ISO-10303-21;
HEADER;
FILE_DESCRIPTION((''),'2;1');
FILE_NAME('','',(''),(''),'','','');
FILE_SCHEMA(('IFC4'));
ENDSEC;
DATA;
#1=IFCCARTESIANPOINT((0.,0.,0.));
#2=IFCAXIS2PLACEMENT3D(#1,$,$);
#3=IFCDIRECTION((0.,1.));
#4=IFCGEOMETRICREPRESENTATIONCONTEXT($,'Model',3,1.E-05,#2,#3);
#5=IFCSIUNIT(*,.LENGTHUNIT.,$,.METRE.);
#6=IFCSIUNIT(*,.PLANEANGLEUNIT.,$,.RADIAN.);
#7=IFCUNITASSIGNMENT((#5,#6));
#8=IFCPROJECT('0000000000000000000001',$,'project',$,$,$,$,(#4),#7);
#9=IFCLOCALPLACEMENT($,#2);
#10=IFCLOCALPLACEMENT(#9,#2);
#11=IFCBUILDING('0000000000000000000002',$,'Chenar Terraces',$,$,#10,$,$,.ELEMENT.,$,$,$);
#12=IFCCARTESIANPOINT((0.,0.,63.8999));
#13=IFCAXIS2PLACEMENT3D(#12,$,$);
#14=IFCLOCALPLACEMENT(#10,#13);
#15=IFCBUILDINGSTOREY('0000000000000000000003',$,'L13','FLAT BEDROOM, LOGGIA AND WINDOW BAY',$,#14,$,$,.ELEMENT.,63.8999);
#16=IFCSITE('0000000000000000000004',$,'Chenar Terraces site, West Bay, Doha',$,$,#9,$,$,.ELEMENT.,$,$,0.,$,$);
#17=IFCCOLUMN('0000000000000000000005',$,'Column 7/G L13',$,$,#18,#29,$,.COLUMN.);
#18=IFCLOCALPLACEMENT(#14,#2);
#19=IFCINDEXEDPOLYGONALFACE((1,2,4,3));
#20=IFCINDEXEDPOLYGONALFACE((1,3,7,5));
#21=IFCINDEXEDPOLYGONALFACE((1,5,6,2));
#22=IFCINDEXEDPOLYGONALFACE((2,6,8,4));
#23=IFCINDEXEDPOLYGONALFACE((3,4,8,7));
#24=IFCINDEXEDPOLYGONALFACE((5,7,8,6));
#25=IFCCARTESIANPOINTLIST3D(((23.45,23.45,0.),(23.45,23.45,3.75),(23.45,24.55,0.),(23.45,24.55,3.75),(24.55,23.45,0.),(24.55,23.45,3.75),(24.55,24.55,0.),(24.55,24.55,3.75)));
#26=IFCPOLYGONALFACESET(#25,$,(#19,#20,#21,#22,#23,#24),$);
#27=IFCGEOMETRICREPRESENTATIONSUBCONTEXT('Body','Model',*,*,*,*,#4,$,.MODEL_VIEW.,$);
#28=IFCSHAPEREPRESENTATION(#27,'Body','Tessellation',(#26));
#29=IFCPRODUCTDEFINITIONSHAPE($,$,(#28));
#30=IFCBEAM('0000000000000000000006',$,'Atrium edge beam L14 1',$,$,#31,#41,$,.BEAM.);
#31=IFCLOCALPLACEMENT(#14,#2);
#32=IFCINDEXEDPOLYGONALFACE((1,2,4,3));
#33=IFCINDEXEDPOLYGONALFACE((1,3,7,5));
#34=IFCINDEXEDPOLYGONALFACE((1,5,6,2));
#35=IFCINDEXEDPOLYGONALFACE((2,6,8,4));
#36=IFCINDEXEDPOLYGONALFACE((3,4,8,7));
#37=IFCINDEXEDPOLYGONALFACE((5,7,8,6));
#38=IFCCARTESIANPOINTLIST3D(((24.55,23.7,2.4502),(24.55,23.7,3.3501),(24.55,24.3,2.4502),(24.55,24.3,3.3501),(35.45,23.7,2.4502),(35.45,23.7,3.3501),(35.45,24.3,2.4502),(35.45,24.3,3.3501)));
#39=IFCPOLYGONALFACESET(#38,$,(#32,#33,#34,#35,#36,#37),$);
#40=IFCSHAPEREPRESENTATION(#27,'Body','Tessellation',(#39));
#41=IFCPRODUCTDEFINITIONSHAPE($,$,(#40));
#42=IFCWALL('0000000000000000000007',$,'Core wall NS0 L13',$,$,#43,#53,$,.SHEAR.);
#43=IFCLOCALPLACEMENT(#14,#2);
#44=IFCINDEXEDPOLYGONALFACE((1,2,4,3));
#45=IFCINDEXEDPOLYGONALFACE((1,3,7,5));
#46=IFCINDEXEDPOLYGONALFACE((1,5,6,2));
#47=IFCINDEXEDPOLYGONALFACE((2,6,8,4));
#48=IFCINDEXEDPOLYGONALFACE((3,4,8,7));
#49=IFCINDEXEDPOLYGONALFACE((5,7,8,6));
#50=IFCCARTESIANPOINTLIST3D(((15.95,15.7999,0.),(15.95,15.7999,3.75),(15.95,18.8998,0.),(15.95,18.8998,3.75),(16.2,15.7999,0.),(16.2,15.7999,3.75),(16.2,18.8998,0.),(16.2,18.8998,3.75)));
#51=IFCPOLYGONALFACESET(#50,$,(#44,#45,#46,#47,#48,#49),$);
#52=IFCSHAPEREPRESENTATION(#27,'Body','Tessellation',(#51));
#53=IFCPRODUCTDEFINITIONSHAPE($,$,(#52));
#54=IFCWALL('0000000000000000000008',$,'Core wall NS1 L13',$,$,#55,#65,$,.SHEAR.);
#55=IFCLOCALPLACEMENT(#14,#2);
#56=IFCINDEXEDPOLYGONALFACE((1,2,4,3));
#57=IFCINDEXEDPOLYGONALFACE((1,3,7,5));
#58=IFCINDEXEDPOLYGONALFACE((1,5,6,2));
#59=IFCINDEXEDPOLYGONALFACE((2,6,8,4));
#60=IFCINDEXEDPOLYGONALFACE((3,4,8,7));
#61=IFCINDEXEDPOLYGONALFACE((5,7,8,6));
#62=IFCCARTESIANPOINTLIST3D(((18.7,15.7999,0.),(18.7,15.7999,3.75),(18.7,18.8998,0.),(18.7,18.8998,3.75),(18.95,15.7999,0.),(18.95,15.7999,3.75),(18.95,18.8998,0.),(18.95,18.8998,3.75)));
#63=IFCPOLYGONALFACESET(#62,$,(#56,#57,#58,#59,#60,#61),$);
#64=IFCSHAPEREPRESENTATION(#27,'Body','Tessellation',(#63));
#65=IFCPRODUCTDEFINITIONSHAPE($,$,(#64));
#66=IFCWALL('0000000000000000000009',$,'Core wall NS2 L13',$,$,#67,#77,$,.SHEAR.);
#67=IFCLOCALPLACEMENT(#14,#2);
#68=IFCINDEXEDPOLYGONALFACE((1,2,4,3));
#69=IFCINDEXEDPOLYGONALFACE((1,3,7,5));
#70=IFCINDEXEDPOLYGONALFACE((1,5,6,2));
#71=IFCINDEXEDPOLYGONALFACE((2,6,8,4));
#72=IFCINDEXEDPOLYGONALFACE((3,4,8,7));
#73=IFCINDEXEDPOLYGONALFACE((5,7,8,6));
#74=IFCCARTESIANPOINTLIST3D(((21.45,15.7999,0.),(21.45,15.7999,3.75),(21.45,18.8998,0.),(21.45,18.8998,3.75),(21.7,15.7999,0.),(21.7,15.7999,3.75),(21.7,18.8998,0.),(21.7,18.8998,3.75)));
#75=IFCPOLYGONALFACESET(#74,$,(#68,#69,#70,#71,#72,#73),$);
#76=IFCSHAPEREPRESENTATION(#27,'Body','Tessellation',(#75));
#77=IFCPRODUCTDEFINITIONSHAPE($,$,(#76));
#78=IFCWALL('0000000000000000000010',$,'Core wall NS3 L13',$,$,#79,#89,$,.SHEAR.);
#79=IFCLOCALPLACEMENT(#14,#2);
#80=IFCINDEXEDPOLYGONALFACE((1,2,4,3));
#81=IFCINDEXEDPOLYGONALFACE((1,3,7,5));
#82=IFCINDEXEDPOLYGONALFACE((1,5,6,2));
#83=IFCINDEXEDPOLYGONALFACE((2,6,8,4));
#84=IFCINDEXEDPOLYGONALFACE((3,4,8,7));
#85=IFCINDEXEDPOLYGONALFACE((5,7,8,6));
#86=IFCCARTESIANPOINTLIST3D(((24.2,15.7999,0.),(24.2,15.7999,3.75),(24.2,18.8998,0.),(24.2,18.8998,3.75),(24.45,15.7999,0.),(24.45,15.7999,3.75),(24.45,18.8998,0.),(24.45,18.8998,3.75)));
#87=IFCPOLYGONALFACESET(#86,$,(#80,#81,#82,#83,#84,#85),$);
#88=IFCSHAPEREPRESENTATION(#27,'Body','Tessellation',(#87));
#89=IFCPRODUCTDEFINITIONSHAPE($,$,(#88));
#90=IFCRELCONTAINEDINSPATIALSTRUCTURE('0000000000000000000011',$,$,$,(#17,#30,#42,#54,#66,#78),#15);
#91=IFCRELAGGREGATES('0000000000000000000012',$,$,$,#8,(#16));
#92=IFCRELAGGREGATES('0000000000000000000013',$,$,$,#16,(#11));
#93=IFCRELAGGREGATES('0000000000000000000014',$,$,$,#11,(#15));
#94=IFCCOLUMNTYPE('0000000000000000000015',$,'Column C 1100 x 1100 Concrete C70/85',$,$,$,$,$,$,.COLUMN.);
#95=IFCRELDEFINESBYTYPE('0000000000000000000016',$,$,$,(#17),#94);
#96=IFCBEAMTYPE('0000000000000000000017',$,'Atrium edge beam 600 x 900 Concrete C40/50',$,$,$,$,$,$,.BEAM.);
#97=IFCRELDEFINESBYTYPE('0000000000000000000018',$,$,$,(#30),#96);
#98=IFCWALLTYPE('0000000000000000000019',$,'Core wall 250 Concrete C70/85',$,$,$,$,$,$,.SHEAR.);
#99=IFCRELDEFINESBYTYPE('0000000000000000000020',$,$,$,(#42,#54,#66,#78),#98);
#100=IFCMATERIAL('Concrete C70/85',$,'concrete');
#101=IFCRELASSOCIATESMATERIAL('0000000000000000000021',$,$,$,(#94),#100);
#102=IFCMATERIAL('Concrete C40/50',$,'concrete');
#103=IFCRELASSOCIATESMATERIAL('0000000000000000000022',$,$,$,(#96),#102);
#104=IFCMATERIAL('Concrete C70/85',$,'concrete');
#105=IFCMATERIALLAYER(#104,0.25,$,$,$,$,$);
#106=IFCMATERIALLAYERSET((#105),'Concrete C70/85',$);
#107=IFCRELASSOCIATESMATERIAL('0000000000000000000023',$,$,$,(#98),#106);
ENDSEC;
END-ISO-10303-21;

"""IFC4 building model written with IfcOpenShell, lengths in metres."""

from ifc_helpers import new_model, si_unit, direction, frame, frame_2d, origin, origin_2d, place, context, subcontext, project, spatial, rectangle, extrude, material, layer, layer_set, material_profile, profile_set, type_object, element, save


model = new_model("IFC4")

# Units and contexts
model_context = context("Model", 3, precision=1e-05, world=origin(), true_north=direction((0.0, 1.0)))
body_context = subcontext(model_context, "Body", "Model", "MODEL_VIEW")
ifc_project = project(units=[si_unit("LENGTHUNIT", "METRE"), si_unit("PLANEANGLEUNIT", "RADIAN")], contexts=[model_context])

# Site, building, storey
site_placement = place(None, origin())
site = spatial("IfcSite", under=ifc_project, at=site_placement, Name="Chenar Terraces site, West Bay, Doha", CompositionType="ELEMENT", RefElevation=0.0)
building_placement = place(site_placement, origin())
building = spatial("IfcBuilding", under=site, at=building_placement, Name="Chenar Terraces", CompositionType="ELEMENT")
storey_placement = place(building_placement, frame((0.0, 0.0, 63.8999)))
storey = spatial("IfcBuildingStorey", under=building, at=storey_placement, Name="L13", Description="FLAT BEDROOM, LOGGIA AND WINDOW BAY", CompositionType="ELEMENT", Elevation=63.8999)

# Column
ifc_material_1 = material(Name="Concrete C70/85", Category="concrete")
ifc_material_profile_1 = material_profile(ifc_material_1, rectangle(XDim=1.1001, YDim=1.1001, at=origin_2d()), Name="C 1100 x 1100")
ifc_profile_set_1 = profile_set([ifc_material_profile_1], Name="Concrete C70/85")
column_type = type_object("IfcColumnType", Name="Column C 1100 x 1100 Concrete C70/85", PredefinedType="COLUMN", material=ifc_profile_set_1)
column_placement = place(storey_placement, frame((24.0, 24.0, 0.0), z_axis=(0.0, 0.0, 1.0), x_axis=(1.0, 0.0, 0.0)))
element("IfcColumn", 1, at=column_placement, inside=storey, type_object=column_type, Name="Column 7/G L13", PredefinedType="COLUMN", context=body_context, shape_type="SweptSolid", body=[
    extrude(rectangle(XDim=1.1001, YDim=1.1001, at=origin_2d()), origin(), (0.0, 0.0, 1.0), 3.75),
])

# Beam
ifc_material_2 = material(Name="Concrete C40/50", Category="concrete")
ifc_material_profile_2 = material_profile(ifc_material_2, rectangle(XDim=0.6001, YDim=0.8999, at=origin_2d()), Name="RC 600 x 900")
ifc_profile_set_2 = profile_set([ifc_material_profile_2], Name="Concrete C40/50")
beam_type = type_object("IfcBeamType", Name="Atrium edge beam 600 x 900 Concrete C40/50", PredefinedType="BEAM", material=ifc_profile_set_2)
beam_placement = place(storey_placement, frame((24.55, 24.0, 2.9001), z_axis=(1.0, 0.0, 0.0), x_axis=(0.0, 1.0, 0.0)))
element("IfcBeam", 2, at=beam_placement, inside=storey, type_object=beam_type, Name="Atrium edge beam L14 1", PredefinedType="BEAM", context=body_context, shape_type="SweptSolid", body=[
    extrude(rectangle(XDim=0.6001, YDim=0.8999, at=origin_2d()), origin(), (0.0, 0.0, 1.0), 10.8999),
])

# Walls
ifc_material_3 = material(Name="Concrete C70/85", Category="concrete")
ifc_layer_1 = layer(ifc_material_3, 0.25)
ifc_layer_set_1 = layer_set([ifc_layer_1], Name="Concrete C70/85")
wall_type_1 = type_object("IfcWallType", Name="Core wall 250 Concrete C70/85", PredefinedType="SHEAR", material=ifc_layer_set_1)
for number, where, z_axis, x_axis, name in (
    (3, (16.075, 15.8, 0.0), (0.0, 0.0, 1.0), (0.0, 1.0, 0.0), "Core wall NS0 L13"),
    (4, (18.825, 15.8, 0.0), (0.0, 0.0, 1.0), (0.0, 1.0, 0.0), "Core wall NS1 L13"),
    (5, (21.575, 15.8, 0.0), (0.0, 0.0, 1.0), (0.0, 1.0, 0.0), "Core wall NS2 L13"),
    (6, (24.325, 15.8, 0.0), (0.0, 0.0, 1.0), (0.0, 1.0, 0.0), "Core wall NS3 L13"),
):
    element("IfcWall", number, at=place(storey_placement, frame(where, z_axis=z_axis, x_axis=x_axis)), inside=storey, type_object=wall_type_1, Name=name, PredefinedType="SHEAR", context=body_context, shape_type="SweptSolid", body=[
        extrude(rectangle(XDim=3.0999, YDim=0.25, at=frame_2d((1.5498, 0.0))), origin(), (0.0, 0.0, 1.0), 3.75),
    ])

save(model, "model.ifc")
